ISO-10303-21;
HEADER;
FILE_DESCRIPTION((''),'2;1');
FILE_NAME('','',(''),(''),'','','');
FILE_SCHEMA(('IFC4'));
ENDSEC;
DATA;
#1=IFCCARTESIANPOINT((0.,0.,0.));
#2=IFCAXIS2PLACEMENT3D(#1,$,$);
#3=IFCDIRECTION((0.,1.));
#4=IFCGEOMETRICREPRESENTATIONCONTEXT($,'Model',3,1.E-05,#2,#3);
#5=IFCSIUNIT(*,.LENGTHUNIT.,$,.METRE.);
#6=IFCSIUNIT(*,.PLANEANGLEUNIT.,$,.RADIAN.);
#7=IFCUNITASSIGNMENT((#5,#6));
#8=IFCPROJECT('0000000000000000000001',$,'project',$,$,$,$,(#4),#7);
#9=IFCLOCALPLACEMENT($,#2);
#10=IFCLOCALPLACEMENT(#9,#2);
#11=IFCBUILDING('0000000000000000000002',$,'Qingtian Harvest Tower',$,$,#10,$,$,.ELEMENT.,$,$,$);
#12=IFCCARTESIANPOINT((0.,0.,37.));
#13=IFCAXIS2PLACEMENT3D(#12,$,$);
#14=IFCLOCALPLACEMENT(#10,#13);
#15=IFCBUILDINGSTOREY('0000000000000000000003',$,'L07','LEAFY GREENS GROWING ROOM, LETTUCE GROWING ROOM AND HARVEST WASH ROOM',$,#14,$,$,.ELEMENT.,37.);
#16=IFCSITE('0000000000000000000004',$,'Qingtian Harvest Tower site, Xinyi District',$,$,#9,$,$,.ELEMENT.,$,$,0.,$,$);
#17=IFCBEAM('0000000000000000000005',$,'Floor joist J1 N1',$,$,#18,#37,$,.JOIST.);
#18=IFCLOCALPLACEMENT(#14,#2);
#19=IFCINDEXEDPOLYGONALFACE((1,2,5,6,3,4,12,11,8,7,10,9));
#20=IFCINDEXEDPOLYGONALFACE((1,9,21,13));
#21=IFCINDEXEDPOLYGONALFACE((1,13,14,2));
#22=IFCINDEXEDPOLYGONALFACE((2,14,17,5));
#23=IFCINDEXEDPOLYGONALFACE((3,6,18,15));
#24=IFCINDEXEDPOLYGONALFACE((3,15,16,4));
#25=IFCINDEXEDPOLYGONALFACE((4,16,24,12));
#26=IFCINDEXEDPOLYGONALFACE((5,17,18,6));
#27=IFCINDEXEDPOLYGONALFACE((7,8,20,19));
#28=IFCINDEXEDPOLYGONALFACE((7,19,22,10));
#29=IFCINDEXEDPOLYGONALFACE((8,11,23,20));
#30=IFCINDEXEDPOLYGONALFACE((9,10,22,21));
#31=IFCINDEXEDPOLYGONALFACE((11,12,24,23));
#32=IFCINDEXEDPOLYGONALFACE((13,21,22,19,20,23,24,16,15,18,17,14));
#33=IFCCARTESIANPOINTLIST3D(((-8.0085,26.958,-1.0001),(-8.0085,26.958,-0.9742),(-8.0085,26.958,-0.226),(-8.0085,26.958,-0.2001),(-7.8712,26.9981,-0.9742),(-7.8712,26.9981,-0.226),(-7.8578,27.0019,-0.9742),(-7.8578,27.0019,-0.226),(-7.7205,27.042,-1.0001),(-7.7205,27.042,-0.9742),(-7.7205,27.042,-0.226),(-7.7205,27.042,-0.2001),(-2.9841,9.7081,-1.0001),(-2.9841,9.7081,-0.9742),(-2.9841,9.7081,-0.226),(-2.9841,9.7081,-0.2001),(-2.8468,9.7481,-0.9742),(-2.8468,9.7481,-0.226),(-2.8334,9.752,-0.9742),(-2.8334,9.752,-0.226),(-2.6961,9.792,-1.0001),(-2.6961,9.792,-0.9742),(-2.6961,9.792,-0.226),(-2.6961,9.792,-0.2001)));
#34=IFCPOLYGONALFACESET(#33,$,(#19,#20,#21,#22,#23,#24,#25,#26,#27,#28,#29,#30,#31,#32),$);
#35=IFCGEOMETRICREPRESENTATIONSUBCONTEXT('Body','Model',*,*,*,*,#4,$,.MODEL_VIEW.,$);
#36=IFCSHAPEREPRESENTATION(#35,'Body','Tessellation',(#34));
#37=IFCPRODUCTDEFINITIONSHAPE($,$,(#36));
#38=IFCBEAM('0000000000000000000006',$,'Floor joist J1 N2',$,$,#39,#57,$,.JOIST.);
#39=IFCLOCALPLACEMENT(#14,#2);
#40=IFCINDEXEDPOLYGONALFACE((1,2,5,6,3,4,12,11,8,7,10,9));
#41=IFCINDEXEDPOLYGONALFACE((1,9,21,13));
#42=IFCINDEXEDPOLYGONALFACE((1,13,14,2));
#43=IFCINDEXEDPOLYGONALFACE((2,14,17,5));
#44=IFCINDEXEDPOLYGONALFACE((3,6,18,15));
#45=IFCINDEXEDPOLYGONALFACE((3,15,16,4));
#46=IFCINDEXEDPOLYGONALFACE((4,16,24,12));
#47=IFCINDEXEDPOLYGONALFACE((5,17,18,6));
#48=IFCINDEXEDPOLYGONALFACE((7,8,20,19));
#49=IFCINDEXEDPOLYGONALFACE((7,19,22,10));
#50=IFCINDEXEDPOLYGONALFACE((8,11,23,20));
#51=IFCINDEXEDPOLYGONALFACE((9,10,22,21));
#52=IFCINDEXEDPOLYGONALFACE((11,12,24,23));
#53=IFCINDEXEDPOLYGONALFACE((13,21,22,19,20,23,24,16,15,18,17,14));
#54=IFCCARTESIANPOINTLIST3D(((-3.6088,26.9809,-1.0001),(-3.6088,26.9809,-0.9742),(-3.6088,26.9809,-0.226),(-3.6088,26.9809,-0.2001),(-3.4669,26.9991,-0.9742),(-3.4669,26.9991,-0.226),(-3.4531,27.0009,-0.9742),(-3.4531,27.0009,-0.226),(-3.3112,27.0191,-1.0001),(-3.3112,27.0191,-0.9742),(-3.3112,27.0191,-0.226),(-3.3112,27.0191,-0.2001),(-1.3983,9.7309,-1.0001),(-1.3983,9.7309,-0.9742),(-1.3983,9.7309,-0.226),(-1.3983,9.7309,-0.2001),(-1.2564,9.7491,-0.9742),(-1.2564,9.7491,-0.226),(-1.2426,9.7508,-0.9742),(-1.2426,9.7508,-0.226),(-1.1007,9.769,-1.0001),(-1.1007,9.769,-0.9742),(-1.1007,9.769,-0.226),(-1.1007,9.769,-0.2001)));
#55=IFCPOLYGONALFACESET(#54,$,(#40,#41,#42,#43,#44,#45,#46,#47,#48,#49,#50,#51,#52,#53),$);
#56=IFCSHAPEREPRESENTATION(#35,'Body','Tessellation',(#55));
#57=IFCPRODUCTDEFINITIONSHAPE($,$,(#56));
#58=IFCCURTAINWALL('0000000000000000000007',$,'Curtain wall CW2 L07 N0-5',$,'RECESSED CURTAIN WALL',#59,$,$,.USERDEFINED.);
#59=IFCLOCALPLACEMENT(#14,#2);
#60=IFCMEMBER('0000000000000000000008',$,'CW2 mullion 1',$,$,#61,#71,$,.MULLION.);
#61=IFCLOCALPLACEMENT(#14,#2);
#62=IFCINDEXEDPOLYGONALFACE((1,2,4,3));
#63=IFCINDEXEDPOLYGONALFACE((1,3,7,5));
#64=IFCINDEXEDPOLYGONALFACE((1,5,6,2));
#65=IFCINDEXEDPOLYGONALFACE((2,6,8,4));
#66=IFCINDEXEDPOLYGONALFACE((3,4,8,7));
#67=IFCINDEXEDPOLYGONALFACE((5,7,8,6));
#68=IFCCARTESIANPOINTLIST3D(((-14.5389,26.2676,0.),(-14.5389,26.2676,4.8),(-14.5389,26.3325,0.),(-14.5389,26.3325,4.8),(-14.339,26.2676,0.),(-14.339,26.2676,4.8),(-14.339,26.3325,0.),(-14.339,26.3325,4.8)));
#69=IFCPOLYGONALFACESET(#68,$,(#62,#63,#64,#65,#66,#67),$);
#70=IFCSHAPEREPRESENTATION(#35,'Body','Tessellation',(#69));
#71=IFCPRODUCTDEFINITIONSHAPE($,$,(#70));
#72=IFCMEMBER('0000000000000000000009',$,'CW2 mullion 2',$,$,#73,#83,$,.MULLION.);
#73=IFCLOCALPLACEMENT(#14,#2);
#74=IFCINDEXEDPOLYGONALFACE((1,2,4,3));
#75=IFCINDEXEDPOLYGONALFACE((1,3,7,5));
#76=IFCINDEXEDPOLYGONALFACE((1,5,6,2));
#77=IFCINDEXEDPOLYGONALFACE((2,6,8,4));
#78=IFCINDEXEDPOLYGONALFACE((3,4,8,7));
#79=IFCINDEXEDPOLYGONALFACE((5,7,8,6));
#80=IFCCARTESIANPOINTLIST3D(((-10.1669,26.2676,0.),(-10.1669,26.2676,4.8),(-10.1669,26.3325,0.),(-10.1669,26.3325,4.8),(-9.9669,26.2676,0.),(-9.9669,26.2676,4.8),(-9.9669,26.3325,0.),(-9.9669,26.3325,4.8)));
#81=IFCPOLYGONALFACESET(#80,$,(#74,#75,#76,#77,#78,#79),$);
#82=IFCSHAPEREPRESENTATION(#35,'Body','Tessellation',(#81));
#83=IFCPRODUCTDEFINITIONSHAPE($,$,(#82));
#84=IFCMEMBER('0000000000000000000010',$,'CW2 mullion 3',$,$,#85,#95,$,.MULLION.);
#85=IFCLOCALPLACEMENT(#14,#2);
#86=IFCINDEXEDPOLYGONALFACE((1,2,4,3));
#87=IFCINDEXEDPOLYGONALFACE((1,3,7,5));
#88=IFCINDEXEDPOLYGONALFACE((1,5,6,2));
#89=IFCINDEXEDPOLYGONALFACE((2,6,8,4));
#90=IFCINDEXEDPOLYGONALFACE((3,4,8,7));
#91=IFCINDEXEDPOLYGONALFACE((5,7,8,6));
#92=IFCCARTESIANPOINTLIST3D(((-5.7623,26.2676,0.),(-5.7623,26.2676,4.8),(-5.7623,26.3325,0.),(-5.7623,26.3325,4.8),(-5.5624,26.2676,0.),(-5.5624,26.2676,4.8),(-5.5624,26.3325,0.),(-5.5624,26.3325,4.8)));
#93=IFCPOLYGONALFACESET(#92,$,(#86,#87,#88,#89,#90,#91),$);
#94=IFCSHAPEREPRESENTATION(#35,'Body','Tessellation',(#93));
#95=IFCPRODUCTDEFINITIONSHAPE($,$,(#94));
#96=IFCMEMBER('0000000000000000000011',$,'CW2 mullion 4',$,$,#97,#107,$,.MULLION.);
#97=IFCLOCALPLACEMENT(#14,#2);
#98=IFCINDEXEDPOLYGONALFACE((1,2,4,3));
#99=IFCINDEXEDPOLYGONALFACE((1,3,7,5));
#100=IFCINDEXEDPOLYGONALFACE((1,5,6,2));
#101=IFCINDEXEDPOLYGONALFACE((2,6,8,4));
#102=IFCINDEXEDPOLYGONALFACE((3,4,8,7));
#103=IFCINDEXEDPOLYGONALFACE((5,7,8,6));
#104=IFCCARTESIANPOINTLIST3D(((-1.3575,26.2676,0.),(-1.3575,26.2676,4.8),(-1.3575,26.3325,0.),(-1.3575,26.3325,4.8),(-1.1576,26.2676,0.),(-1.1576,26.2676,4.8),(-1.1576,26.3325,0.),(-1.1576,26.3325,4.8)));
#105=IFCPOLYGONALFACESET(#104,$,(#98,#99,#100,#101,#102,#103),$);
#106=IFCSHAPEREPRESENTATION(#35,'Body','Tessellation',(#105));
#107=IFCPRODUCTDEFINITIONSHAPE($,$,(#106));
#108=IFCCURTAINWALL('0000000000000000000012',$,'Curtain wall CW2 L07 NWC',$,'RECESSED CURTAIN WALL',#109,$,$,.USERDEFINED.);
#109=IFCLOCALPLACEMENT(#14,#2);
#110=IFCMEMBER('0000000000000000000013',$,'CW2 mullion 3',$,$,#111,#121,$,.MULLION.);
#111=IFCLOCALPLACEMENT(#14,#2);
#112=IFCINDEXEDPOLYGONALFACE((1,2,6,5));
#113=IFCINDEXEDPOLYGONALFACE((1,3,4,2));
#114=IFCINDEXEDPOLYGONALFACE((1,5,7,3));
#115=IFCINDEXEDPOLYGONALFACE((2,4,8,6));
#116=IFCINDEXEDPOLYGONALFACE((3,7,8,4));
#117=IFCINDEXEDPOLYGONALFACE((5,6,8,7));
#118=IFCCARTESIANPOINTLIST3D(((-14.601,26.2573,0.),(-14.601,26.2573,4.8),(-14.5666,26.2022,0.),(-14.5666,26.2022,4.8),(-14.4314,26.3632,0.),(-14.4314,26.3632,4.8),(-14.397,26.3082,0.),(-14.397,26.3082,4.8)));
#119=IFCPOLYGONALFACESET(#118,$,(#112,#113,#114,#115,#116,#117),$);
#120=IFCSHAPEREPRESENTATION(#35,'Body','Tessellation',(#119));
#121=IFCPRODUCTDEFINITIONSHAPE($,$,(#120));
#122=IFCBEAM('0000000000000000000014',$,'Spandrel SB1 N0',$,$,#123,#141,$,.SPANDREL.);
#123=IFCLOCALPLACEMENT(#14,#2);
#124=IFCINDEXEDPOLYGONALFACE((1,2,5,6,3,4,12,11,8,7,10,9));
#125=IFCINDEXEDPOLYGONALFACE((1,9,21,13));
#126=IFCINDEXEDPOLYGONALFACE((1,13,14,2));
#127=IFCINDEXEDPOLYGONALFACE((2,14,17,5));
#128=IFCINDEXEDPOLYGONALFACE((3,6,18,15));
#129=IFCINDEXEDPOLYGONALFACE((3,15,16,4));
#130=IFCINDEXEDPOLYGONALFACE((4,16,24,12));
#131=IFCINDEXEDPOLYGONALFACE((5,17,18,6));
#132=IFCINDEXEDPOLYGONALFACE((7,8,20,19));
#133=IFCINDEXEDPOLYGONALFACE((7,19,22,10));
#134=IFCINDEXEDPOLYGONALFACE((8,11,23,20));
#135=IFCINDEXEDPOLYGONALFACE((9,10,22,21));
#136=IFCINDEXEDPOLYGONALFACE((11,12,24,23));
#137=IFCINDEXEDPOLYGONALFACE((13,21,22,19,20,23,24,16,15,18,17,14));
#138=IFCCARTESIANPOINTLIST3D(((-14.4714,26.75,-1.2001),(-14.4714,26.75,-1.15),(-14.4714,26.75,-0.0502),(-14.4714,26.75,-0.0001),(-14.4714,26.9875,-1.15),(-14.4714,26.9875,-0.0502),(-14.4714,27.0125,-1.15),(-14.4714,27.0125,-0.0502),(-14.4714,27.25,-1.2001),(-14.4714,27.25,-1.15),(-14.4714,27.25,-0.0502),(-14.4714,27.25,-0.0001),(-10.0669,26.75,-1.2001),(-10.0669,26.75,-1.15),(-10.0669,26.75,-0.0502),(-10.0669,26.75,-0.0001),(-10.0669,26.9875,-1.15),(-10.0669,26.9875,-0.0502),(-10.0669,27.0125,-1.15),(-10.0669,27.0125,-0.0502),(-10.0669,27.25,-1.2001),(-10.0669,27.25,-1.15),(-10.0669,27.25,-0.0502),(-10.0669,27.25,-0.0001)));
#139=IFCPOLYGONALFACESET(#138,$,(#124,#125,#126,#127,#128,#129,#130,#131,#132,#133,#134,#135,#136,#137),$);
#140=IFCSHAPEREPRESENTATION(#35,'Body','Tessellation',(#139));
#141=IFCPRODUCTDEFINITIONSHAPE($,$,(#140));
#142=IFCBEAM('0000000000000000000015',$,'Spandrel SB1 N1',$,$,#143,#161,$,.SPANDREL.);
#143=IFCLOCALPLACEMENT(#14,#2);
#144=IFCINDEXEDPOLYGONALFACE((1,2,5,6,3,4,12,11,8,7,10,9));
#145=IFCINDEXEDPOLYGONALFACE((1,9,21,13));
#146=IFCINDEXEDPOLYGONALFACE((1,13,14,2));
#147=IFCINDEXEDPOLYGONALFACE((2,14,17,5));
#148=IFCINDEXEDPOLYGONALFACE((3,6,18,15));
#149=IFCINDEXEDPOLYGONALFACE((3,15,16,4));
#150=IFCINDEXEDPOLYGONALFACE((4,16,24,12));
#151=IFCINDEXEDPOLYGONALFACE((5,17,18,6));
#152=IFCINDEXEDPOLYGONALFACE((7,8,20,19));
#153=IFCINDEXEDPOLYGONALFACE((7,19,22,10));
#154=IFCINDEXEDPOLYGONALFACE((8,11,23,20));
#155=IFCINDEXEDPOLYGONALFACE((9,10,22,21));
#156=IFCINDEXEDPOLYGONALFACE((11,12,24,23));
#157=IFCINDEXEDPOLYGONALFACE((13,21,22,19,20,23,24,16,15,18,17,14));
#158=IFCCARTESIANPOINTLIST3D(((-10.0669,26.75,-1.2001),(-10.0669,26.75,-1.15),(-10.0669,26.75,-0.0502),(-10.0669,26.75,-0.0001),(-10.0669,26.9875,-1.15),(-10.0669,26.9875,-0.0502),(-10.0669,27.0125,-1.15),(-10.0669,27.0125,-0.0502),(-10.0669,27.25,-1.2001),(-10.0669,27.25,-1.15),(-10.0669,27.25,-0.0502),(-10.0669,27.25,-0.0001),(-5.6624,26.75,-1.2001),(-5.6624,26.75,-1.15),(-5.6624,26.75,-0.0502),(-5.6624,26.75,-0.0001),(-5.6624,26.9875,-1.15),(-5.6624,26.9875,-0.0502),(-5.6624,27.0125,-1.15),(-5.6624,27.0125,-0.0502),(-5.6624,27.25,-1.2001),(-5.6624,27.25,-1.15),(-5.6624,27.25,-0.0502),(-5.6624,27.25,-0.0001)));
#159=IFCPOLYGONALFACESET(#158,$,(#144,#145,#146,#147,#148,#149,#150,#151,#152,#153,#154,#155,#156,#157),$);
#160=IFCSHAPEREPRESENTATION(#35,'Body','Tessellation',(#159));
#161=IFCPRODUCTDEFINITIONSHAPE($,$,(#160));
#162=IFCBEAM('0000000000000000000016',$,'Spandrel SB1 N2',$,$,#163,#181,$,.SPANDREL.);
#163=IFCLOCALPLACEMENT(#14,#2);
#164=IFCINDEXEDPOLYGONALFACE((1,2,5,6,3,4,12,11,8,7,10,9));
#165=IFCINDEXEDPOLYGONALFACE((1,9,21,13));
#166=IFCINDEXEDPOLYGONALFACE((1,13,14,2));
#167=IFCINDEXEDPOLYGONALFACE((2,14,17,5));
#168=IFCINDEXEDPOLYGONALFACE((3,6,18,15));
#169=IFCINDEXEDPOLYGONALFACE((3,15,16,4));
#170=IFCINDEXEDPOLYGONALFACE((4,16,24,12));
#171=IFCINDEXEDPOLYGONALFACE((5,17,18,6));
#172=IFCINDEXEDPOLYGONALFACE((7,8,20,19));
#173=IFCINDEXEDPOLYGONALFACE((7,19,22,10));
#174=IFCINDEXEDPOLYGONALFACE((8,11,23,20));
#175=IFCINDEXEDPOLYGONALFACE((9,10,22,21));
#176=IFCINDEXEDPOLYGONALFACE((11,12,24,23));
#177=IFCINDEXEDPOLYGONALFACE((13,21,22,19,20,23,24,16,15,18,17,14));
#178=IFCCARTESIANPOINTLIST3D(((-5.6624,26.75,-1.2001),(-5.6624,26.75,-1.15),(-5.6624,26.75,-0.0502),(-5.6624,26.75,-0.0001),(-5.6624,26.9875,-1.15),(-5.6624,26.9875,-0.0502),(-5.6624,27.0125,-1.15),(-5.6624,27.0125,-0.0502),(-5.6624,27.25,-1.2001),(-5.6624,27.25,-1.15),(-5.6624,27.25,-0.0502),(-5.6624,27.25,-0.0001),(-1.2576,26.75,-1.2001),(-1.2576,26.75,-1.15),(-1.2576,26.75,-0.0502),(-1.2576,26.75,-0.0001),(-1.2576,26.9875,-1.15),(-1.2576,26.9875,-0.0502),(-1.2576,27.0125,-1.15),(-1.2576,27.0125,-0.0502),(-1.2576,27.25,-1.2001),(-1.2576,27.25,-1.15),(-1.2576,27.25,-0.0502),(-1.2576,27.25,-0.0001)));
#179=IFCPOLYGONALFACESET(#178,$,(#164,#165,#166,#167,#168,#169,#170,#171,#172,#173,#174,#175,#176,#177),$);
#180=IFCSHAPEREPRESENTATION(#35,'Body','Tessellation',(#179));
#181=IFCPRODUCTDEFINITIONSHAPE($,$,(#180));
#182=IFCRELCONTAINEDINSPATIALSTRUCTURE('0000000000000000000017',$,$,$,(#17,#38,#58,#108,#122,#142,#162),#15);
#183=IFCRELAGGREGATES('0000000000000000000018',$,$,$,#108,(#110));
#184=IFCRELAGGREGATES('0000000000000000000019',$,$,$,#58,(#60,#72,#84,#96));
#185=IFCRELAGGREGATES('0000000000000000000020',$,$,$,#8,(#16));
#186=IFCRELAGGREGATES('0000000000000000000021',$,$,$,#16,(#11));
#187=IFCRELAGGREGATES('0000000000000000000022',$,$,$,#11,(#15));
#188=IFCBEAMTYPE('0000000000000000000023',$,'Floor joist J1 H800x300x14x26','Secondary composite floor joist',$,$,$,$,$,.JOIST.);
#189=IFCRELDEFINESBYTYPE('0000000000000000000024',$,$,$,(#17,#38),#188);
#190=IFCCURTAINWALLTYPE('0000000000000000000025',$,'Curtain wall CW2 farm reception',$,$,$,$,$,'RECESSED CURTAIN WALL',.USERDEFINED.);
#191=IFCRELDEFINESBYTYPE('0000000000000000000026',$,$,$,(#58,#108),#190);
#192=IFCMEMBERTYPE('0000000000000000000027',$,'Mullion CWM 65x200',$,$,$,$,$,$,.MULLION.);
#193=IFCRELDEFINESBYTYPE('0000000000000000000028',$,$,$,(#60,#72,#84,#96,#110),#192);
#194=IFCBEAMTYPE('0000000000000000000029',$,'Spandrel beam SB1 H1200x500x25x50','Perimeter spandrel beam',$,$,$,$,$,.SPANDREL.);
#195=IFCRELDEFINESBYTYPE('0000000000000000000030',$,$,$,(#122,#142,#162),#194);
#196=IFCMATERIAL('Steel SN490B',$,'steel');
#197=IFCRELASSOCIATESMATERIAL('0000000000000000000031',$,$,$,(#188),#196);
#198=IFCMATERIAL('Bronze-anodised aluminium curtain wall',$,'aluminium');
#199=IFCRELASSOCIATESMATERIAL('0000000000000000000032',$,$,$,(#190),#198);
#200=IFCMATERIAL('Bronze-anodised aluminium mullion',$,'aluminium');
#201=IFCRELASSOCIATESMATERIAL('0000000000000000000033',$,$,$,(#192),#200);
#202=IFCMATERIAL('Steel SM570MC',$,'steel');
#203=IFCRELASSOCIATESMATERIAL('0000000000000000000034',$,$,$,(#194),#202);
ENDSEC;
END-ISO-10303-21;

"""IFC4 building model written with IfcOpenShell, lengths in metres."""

from ifc_helpers import new_model, si_unit, direction, frame, origin, origin_2d, place, context, subcontext, project, spatial, rectangle, i_section, extrude, material, material_profile, profile_set, type_object, element, aggregate, save


model = new_model("IFC4")

# Units and contexts
model_context = context("Model", 3, precision=1e-05, world=origin(), true_north=direction((0.0, 1.0)))
body_context = subcontext(model_context, "Body", "Model", "MODEL_VIEW")
ifc_project = project(units=[si_unit("LENGTHUNIT", "METRE"), si_unit("PLANEANGLEUNIT", "RADIAN")], contexts=[model_context])

# Site, building, storey
site_placement = place(None, origin())
site = spatial("IfcSite", under=ifc_project, at=site_placement, Name="Qingtian Harvest Tower site, Xinyi District", CompositionType="ELEMENT", RefElevation=0.0)
building_placement = place(site_placement, origin())
building = spatial("IfcBuilding", under=site, at=building_placement, Name="Qingtian Harvest Tower", CompositionType="ELEMENT")
storey_placement = place(building_placement, frame((0.0, 0.0, 37.0)))
storey = spatial("IfcBuildingStorey", under=building, at=storey_placement, Name="L07", Description="LEAFY GREENS GROWING ROOM, LETTUCE GROWING ROOM AND HARVEST WASH ROOM", CompositionType="ELEMENT", Elevation=37.0)

# Beams
ifc_material_1 = material(Name="Steel SN490B", Category="steel")
ifc_material_profile_1 = material_profile(ifc_material_1, i_section(OverallWidth=0.3, OverallDepth=0.8, WebThickness=0.0139, FlangeThickness=0.0259, at=origin_2d()), Name="H800x300x14x26")
ifc_profile_set_1 = profile_set([ifc_material_profile_1], Name="Steel SN490B")
beam_type_1 = type_object("IfcBeamType", Name="Floor joist J1 H800x300x14x26", Description="Secondary composite floor joist", PredefinedType="JOIST", material=ifc_profile_set_1)
beam_1_placement = place(storey_placement, frame((-7.8645, 27.0, -0.6001), z_axis=(0.279649, -0.960102, 0.0), x_axis=(0.960102, 0.279649, 0.0)))
element("IfcBeam", 1, at=beam_1_placement, inside=storey, type_object=beam_type_1, Name="Floor joist J1 N1", PredefinedType="JOIST", context=body_context, shape_type="SweptSolid", body=[
    extrude(i_section(OverallWidth=0.3, OverallDepth=0.8, WebThickness=0.0139, FlangeThickness=0.0259, at=origin_2d()), origin(), (0.0, 0.0, 1.0), 17.9668),
])
beam_2_placement = place(storey_placement, frame((-3.46, 27.0, -0.6001), z_axis=(0.127103, -0.99189, 0.0), x_axis=(0.99189, 0.127103, 0.0)))
element("IfcBeam", 2, at=beam_2_placement, inside=storey, type_object=beam_type_1, Name="Floor joist J1 N2", PredefinedType="JOIST", context=body_context, shape_type="SweptSolid", body=[
    extrude(i_section(OverallWidth=0.3, OverallDepth=0.8, WebThickness=0.0139, FlangeThickness=0.0259, at=origin_2d()), origin(), (0.0, 0.0, 1.0), 17.3911),
])

# Curtain wall, members
ifc_material_2 = material(Name="Bronze-anodised aluminium curtain wall", Category="aluminium")
curtain_wall_type = type_object("IfcCurtainWallType", Name="Curtain wall CW2 farm reception", ElementType="RECESSED CURTAIN WALL", PredefinedType="USERDEFINED", material=ifc_material_2)
curtain_wall_1_placement = place(storey_placement, origin())
curtain_wall_1 = element("IfcCurtainWall", 3, at=curtain_wall_1_placement, inside=storey, type_object=curtain_wall_type, Name="Curtain wall CW2 L07 N0-5", ObjectType="RECESSED CURTAIN WALL", PredefinedType="USERDEFINED")
ifc_material_3 = material(Name="Bronze-anodised aluminium mullion", Category="aluminium")
ifc_material_profile_2 = material_profile(ifc_material_3, rectangle(XDim=0.0649, YDim=0.2, at=origin_2d()), Name="AL 65x200")
ifc_profile_set_2 = profile_set([ifc_material_profile_2], Name="Bronze-anodised aluminium mullion")
member_type_1 = type_object("IfcMemberType", Name="Mullion CWM 65x200", PredefinedType="MULLION", material=ifc_profile_set_2)
member_1_placement = place(storey_placement, frame((-14.439, 26.3, 0.0), z_axis=(0.0, 0.0, 1.0), x_axis=(0.0, 1.0, 0.0)))
member_1 = element("IfcMember", 4, at=member_1_placement, type_object=member_type_1, Name="CW2 mullion 1", PredefinedType="MULLION", context=body_context, shape_type="SweptSolid", body=[
    extrude(rectangle(XDim=0.0649, YDim=0.2, at=origin_2d()), origin(), (0.0, 0.0, 1.0), 4.8),
])
member_2_placement = place(storey_placement, frame((-10.0669, 26.3, 0.0), z_axis=(0.0, 0.0, 1.0), x_axis=(0.0, 1.0, 0.0)))
member_2 = element("IfcMember", 5, at=member_2_placement, type_object=member_type_1, Name="CW2 mullion 2", PredefinedType="MULLION", context=body_context, shape_type="SweptSolid", body=[
    extrude(rectangle(XDim=0.0649, YDim=0.2, at=origin_2d()), origin(), (0.0, 0.0, 1.0), 4.8),
])
member_3_placement = place(storey_placement, frame((-5.6624, 26.3, 0.0), z_axis=(0.0, 0.0, 1.0), x_axis=(0.0, 1.0, 0.0)))
member_3 = element("IfcMember", 6, at=member_3_placement, type_object=member_type_1, Name="CW2 mullion 3", PredefinedType="MULLION", context=body_context, shape_type="SweptSolid", body=[
    extrude(rectangle(XDim=0.0649, YDim=0.2, at=origin_2d()), origin(), (0.0, 0.0, 1.0), 4.8),
])
member_4_placement = place(storey_placement, frame((-1.2576, 26.3, 0.0), z_axis=(0.0, 0.0, 1.0), x_axis=(0.0, 1.0, 0.0)))
member_4 = element("IfcMember", 7, at=member_4_placement, type_object=member_type_1, Name="CW2 mullion 4", PredefinedType="MULLION", context=body_context, shape_type="SweptSolid", body=[
    extrude(rectangle(XDim=0.0649, YDim=0.2, at=origin_2d()), origin(), (0.0, 0.0, 1.0), 4.8),
])

# Curtain wall, member
curtain_wall_2_placement = place(storey_placement, origin())
curtain_wall_2 = element("IfcCurtainWall", 8, at=curtain_wall_2_placement, inside=storey, type_object=curtain_wall_type, Name="Curtain wall CW2 L07 NWC", ObjectType="RECESSED CURTAIN WALL", PredefinedType="USERDEFINED")
member_5_placement = place(storey_placement, frame((-14.499, 26.2827, 0.0), z_axis=(0.0, 0.0, 1.0), x_axis=(-0.529919, 0.848048, 0.0)))
member_5 = element("IfcMember", 9, at=member_5_placement, type_object=member_type_1, Name="CW2 mullion 3", PredefinedType="MULLION", context=body_context, shape_type="SweptSolid", body=[
    extrude(rectangle(XDim=0.0649, YDim=0.2, at=origin_2d()), origin(), (0.0, 0.0, 1.0), 4.8),
])
aggregate(curtain_wall_2, [member_5])

# Beams
ifc_material_4 = material(Name="Steel SM570MC", Category="steel")
ifc_material_profile_3 = material_profile(ifc_material_4, i_section(OverallWidth=0.5, OverallDepth=1.2, WebThickness=0.0249, FlangeThickness=0.05, at=origin_2d()), Name="H1200x500x25x50")
ifc_profile_set_3 = profile_set([ifc_material_profile_3], Name="Steel SM570MC")
beam_type_2 = type_object("IfcBeamType", Name="Spandrel beam SB1 H1200x500x25x50", Description="Perimeter spandrel beam", PredefinedType="SPANDREL", material=ifc_profile_set_3)
for number, where, z_axis, x_axis, name in (
    (10, (-14.4714, 27.0, -0.6001), (1.0, 0.0, 0.0), (0.0, 1.0, 0.0), "Spandrel SB1 N0"),
    (11, (-10.0669, 27.0, -0.6001), (1.0, 0.0, 0.0), (0.0, 1.0, 0.0), "Spandrel SB1 N1"),
):
    element("IfcBeam", number, at=place(storey_placement, frame(where, z_axis=z_axis, x_axis=x_axis)), inside=storey, type_object=beam_type_2, Name=name, PredefinedType="SPANDREL", context=body_context, shape_type="SweptSolid", body=[
        extrude(i_section(OverallWidth=0.5, OverallDepth=1.2, WebThickness=0.0249, FlangeThickness=0.05, at=origin_2d()), origin(), (0.0, 0.0, 1.0), 4.4045),
    ])
beam_3_placement = place(storey_placement, frame((-5.6624, 27.0, -0.6001), z_axis=(1.0, 0.0, 0.0), x_axis=(0.0, 1.0, 0.0)))
element("IfcBeam", 12, at=beam_3_placement, inside=storey, type_object=beam_type_2, Name="Spandrel SB1 N2", PredefinedType="SPANDREL", context=body_context, shape_type="SweptSolid", body=[
    extrude(i_section(OverallWidth=0.5, OverallDepth=1.2, WebThickness=0.0249, FlangeThickness=0.05, at=origin_2d()), origin(), (0.0, 0.0, 1.0), 4.4048),
])

aggregate(curtain_wall_1, [member_1, member_2, member_3, member_4])

save(model, "model.ifc")
